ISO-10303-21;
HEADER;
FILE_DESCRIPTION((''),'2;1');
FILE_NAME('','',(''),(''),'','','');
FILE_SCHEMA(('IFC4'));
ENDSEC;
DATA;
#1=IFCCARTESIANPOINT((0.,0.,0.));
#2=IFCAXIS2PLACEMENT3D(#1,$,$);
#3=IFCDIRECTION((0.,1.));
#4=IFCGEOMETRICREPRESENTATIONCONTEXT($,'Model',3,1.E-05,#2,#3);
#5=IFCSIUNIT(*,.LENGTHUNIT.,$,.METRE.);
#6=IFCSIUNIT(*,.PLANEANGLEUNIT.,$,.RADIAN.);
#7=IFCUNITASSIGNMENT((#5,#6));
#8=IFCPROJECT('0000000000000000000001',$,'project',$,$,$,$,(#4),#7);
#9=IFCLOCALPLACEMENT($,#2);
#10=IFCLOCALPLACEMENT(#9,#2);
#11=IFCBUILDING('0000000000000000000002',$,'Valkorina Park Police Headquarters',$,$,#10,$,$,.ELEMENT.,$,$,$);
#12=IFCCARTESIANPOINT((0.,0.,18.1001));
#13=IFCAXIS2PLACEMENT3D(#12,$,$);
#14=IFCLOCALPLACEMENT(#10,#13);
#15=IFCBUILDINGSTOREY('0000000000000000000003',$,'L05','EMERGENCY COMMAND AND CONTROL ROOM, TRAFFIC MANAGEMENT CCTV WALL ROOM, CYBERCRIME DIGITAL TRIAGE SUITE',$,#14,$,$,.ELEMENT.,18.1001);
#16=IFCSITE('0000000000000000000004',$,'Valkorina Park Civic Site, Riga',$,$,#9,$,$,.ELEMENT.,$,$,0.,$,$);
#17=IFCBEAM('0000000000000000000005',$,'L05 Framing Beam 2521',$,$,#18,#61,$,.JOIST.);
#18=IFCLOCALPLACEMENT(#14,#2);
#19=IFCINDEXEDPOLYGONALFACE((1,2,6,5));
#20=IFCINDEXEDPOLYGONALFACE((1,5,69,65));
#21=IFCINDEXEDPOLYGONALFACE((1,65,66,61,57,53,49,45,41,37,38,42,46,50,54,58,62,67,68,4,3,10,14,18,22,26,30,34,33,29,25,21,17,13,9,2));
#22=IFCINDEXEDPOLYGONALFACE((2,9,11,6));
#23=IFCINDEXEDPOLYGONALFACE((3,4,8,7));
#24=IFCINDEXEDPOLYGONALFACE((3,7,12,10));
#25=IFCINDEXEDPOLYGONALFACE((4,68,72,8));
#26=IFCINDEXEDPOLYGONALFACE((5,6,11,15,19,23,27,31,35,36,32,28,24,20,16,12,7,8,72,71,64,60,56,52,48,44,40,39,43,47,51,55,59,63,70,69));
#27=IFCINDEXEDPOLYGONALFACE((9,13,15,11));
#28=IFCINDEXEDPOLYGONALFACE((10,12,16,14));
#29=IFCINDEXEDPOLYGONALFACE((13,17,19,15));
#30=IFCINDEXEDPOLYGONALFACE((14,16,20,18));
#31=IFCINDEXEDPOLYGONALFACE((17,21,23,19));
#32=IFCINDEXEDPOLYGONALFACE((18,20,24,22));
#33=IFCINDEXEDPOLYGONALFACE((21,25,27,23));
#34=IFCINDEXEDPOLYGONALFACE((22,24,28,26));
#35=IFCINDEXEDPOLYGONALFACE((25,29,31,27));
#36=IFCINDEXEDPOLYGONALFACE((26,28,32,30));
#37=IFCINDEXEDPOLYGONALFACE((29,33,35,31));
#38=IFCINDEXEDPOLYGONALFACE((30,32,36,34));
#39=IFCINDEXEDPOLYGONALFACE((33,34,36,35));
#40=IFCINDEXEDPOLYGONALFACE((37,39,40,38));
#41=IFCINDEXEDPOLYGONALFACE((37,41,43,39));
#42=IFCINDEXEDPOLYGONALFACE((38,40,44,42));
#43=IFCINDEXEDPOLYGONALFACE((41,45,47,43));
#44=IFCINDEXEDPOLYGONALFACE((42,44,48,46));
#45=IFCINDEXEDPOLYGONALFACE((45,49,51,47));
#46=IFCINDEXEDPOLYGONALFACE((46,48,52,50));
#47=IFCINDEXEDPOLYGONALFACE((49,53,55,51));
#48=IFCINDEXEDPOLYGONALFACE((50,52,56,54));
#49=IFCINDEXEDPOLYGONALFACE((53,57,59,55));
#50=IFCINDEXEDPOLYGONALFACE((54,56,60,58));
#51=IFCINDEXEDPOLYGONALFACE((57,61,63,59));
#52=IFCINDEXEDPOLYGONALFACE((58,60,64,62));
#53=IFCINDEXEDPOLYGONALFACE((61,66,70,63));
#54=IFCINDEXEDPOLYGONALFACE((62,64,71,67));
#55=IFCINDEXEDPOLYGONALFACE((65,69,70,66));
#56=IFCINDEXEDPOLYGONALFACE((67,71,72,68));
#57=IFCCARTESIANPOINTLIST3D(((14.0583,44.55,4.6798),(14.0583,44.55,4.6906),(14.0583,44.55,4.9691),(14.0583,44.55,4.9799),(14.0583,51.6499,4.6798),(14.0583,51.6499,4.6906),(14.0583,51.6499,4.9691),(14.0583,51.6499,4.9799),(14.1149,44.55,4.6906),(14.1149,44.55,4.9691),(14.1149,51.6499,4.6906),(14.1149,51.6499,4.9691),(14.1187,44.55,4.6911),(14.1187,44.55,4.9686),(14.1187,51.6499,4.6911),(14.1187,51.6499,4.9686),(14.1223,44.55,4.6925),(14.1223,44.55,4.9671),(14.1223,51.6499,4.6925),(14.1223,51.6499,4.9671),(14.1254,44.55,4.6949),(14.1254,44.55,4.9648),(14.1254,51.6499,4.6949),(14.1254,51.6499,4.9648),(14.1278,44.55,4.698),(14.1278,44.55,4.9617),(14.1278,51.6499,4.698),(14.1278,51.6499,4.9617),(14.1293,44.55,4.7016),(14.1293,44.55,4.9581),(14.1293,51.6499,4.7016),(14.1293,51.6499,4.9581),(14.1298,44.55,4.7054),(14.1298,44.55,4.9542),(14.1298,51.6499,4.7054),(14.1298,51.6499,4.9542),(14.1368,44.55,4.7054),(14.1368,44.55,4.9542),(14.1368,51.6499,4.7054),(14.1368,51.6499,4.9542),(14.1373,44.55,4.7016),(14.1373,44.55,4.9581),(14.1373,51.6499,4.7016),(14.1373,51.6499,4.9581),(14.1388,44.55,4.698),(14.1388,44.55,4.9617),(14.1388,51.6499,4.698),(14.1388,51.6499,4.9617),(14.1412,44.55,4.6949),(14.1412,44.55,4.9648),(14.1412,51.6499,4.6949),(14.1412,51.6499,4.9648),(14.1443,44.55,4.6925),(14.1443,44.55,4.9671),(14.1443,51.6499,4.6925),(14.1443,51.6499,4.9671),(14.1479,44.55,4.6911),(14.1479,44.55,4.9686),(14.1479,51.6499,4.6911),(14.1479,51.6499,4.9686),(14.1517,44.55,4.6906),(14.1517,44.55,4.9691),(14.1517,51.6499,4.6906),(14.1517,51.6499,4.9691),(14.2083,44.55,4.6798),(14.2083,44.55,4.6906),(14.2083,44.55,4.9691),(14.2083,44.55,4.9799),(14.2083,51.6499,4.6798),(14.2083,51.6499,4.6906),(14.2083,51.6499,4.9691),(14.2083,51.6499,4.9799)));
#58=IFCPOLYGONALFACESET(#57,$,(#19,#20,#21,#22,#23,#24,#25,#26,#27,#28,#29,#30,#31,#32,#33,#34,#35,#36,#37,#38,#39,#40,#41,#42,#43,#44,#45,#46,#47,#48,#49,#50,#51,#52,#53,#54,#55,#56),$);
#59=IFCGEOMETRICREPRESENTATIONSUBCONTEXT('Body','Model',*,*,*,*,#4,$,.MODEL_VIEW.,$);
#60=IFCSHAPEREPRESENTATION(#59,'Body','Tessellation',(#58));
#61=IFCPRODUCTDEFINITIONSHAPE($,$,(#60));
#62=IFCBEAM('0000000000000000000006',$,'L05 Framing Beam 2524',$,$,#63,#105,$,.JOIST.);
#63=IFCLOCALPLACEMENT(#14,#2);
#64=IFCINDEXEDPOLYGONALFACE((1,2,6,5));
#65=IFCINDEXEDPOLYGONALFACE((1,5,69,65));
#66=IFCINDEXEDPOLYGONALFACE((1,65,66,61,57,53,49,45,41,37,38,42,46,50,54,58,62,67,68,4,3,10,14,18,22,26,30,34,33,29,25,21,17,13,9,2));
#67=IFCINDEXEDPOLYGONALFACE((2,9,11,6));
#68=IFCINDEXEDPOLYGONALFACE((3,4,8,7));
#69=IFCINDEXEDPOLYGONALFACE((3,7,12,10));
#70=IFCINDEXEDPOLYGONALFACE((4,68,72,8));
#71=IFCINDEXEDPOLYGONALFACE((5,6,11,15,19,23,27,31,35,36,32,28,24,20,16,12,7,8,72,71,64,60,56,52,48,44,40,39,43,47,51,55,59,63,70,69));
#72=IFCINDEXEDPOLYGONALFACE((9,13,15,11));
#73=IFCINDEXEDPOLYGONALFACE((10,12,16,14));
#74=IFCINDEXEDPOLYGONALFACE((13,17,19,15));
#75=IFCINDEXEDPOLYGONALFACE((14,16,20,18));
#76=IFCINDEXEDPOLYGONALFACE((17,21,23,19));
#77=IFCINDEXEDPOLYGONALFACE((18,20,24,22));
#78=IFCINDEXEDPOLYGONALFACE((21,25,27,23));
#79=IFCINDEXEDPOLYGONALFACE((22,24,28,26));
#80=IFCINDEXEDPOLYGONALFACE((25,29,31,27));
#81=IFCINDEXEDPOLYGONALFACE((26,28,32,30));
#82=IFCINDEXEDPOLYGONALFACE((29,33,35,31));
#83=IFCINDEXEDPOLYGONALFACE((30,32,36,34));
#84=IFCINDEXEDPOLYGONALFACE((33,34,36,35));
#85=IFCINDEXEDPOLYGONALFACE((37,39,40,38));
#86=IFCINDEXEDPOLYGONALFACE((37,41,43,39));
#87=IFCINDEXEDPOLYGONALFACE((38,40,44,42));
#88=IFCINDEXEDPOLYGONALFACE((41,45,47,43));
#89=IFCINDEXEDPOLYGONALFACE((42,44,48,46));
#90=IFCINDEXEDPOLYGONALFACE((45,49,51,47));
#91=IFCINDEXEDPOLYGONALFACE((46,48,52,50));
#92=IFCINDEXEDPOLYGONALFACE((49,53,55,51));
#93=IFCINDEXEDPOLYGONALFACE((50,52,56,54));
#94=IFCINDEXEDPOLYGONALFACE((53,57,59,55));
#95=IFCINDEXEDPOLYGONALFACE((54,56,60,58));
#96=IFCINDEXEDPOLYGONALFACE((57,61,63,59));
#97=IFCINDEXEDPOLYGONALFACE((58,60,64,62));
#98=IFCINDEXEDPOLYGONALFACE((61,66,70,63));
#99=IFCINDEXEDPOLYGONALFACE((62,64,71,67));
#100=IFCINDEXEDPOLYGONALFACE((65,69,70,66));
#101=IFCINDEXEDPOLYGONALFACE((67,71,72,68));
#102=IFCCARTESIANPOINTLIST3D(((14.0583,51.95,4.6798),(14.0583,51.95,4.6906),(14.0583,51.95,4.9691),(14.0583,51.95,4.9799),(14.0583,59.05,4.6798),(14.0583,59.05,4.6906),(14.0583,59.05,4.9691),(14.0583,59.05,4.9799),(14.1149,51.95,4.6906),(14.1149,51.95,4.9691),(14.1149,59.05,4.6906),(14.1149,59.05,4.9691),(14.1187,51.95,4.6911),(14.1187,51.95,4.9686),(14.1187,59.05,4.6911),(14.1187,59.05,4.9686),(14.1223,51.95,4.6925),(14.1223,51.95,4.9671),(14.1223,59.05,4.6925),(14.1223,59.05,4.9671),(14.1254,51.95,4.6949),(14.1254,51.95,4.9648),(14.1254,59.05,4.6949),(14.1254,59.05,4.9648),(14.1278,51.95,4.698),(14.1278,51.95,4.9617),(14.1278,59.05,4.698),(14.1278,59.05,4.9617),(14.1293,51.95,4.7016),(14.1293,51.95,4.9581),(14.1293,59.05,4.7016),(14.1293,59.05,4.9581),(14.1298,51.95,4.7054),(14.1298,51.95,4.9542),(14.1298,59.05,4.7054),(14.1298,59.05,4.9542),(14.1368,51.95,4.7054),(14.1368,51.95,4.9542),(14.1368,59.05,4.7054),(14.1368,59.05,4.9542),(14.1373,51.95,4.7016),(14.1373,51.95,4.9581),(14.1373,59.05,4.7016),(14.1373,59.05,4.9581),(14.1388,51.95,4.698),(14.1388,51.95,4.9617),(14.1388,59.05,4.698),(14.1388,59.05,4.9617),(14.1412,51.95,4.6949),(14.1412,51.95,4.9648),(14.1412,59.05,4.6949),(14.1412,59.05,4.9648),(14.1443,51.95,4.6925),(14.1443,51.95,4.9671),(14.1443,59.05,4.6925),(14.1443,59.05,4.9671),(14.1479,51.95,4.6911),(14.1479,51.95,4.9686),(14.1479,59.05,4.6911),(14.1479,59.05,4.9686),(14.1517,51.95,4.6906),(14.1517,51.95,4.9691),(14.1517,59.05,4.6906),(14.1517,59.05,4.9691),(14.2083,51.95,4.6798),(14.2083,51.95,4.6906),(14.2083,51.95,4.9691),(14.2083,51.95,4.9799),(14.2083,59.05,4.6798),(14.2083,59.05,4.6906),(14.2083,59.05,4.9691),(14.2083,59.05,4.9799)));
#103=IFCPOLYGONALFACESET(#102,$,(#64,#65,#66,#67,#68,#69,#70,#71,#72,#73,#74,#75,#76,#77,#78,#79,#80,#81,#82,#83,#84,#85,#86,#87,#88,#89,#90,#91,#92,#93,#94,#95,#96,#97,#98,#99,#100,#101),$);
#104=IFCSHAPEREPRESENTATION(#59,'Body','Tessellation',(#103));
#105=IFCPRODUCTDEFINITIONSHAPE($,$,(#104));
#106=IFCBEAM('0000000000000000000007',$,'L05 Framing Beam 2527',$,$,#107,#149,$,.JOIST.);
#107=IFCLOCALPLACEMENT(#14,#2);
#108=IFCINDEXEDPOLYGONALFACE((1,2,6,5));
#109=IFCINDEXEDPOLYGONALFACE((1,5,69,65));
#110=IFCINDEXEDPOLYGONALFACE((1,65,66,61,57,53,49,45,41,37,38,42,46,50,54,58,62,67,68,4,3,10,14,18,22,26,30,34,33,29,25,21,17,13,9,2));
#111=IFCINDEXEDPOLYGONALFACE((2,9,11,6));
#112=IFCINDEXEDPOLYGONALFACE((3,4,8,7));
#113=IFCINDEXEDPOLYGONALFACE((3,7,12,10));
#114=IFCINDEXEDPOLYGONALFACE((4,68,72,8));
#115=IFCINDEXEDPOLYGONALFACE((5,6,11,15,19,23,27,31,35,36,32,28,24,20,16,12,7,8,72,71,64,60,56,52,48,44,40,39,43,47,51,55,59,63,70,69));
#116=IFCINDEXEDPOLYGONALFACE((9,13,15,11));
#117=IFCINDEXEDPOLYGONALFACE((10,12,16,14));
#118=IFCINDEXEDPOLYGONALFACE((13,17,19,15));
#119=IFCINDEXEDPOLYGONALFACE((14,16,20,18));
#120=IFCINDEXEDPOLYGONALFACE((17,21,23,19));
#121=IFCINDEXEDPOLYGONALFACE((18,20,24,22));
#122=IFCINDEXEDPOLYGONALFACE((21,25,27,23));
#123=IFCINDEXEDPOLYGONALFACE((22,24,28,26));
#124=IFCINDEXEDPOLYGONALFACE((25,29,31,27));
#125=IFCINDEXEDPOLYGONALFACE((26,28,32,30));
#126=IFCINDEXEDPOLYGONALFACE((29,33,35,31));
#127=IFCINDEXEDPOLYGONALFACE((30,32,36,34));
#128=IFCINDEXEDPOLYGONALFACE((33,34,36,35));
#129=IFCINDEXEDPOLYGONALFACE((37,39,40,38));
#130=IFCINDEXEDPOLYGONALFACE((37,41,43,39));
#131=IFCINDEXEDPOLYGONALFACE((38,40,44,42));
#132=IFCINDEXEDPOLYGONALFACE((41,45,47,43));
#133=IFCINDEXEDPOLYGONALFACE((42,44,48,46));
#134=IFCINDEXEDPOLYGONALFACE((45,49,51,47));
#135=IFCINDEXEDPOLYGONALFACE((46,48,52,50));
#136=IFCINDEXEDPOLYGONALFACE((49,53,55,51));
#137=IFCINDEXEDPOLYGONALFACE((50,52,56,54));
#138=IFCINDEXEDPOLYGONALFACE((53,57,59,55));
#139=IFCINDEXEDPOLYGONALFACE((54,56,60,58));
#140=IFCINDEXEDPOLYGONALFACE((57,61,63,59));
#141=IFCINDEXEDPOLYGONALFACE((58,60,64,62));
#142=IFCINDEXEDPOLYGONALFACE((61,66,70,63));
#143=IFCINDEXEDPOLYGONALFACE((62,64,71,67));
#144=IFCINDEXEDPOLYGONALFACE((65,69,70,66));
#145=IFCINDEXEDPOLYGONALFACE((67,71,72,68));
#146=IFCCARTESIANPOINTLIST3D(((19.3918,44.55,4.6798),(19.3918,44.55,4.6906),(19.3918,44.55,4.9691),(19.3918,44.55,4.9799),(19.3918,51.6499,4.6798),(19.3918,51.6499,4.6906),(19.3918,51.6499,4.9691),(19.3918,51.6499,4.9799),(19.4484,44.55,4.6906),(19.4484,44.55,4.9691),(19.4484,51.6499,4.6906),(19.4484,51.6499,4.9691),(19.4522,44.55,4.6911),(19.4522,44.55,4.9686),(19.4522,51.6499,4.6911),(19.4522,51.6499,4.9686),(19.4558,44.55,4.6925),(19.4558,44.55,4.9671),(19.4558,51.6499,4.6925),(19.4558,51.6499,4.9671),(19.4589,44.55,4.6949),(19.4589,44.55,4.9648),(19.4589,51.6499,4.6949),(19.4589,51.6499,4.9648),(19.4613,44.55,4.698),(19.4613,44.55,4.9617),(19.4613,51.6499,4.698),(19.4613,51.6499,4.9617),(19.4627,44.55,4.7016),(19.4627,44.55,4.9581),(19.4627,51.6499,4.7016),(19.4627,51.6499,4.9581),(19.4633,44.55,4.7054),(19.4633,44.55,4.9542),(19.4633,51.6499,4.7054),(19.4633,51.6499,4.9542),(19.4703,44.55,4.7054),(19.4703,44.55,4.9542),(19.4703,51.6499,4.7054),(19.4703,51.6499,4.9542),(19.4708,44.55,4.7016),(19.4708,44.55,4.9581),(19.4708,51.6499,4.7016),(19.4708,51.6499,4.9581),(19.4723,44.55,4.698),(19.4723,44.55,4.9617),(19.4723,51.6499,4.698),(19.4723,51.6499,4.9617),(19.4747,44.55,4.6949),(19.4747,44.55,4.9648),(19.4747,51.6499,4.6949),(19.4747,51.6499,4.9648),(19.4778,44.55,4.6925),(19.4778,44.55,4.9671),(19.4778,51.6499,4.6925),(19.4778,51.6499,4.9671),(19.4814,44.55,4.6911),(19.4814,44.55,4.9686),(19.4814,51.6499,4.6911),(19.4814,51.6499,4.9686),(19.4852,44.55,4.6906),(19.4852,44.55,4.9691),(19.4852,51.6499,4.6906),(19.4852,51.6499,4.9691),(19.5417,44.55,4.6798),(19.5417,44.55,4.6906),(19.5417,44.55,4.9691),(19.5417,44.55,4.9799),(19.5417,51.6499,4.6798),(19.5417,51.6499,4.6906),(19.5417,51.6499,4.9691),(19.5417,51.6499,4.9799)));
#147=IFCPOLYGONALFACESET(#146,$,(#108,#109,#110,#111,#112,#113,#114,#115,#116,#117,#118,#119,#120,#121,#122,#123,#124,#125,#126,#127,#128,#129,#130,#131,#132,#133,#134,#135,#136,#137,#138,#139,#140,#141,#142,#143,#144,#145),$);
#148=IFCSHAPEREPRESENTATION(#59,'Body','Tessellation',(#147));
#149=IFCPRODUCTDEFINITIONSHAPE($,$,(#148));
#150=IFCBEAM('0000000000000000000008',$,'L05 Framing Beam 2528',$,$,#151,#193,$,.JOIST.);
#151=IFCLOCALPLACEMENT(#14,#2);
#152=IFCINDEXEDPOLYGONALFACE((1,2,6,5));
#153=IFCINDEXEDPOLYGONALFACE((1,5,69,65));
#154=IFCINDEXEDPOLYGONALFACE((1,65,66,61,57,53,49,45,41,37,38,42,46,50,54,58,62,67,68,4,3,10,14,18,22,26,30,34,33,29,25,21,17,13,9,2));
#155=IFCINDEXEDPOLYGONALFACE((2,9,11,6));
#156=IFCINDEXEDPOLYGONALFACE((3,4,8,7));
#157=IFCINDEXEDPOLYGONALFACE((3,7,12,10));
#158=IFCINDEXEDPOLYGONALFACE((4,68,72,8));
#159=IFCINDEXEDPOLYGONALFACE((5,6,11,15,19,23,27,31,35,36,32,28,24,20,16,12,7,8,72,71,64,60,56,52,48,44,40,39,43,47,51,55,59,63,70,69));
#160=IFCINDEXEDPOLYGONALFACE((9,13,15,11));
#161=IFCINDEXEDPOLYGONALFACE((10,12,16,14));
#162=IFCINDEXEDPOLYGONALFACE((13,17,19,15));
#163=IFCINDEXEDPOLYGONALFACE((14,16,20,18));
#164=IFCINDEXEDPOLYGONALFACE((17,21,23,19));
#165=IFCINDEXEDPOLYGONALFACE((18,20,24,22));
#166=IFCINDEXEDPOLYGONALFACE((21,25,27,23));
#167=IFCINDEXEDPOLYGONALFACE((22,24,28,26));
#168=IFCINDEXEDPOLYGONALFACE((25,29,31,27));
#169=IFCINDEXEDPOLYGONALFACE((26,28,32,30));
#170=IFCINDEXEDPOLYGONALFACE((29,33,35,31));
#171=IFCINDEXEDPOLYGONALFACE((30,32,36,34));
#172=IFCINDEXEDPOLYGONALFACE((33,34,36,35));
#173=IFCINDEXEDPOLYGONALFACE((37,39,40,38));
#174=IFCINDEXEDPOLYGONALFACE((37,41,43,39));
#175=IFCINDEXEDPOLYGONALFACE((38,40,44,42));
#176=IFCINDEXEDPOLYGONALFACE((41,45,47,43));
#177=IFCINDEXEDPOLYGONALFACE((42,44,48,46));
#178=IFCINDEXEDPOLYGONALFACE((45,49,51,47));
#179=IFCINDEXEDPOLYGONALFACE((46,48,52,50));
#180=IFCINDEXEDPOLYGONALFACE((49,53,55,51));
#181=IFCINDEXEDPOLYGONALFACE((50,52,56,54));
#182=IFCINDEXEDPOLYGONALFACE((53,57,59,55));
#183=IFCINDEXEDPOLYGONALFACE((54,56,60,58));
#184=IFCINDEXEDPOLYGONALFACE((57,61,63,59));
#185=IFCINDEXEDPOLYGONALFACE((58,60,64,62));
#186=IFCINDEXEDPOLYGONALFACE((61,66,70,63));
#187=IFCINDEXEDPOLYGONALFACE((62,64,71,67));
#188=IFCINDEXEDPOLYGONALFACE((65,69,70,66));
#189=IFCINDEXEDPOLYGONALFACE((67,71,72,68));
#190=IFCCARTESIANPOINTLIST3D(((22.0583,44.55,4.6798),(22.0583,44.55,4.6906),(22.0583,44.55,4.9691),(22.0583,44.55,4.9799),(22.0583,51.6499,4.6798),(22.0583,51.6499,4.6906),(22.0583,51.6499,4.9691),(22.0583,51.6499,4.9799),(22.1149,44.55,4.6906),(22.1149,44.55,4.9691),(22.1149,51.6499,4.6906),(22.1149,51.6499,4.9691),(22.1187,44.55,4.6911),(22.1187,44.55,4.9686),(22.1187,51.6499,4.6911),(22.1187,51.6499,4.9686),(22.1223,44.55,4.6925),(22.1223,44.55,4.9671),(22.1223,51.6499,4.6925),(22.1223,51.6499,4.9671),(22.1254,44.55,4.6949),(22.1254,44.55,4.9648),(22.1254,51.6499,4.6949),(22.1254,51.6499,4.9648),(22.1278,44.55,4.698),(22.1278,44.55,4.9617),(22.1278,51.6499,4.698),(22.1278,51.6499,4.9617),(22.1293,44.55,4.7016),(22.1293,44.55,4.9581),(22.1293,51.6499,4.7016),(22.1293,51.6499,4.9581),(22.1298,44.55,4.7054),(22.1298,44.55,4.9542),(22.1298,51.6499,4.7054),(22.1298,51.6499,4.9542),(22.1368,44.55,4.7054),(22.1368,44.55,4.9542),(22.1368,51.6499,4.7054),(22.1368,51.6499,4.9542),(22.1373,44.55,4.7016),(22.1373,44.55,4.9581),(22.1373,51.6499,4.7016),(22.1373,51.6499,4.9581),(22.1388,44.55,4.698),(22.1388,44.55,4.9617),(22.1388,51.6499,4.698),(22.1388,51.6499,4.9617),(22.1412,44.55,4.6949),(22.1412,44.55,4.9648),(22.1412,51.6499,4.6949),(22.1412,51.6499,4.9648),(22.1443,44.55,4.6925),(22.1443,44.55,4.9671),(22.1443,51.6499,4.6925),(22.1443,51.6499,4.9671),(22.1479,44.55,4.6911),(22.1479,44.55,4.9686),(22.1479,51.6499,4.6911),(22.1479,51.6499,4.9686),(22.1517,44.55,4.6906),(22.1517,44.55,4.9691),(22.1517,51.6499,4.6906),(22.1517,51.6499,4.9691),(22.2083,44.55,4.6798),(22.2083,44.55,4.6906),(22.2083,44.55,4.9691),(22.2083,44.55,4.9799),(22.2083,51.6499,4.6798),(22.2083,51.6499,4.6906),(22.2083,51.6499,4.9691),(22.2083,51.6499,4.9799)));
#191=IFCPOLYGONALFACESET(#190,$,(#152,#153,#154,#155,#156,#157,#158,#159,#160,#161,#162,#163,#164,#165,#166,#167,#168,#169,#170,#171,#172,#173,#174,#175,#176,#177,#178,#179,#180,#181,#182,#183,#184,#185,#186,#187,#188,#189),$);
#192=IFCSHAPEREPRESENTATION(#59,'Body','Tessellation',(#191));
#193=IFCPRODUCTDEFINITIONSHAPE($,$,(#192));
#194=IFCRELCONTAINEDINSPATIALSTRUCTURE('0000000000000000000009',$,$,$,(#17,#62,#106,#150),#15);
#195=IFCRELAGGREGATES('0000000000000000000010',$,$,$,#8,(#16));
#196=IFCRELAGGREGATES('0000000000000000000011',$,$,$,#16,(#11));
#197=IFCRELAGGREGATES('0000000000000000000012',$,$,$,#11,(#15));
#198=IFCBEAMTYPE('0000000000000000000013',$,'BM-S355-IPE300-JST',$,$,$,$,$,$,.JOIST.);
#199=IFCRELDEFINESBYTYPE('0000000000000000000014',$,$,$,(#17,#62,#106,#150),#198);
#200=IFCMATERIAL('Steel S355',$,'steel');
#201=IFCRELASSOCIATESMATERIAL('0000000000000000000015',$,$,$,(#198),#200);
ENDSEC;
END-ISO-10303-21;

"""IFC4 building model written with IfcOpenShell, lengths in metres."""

from ifc_helpers import new_model, si_unit, direction, frame, origin, origin_2d, place, context, subcontext, project, spatial, i_section, extrude, material, material_profile, profile_set, type_object, element, save


model = new_model("IFC4")

# Units and contexts
model_context = context("Model", 3, precision=1e-05, world=origin(), true_north=direction((0.0, 1.0)))
body_context = subcontext(model_context, "Body", "Model", "MODEL_VIEW")
ifc_project = project(units=[si_unit("LENGTHUNIT", "METRE"), si_unit("PLANEANGLEUNIT", "RADIAN")], contexts=[model_context])

# Site, building, storey
site_placement = place(None, origin())
site = spatial("IfcSite", under=ifc_project, at=site_placement, Name="Valkorina Park Civic Site, Riga", CompositionType="ELEMENT", RefElevation=0.0)
building_placement = place(site_placement, origin())
building = spatial("IfcBuilding", under=site, at=building_placement, Name="Valkorina Park Police Headquarters", CompositionType="ELEMENT")
storey_placement = place(building_placement, frame((0.0, 0.0, 18.1001)))
storey = spatial("IfcBuildingStorey", under=building, at=storey_placement, Name="L05", Description="EMERGENCY COMMAND AND CONTROL ROOM, TRAFFIC MANAGEMENT CCTV WALL ROOM, CYBERCRIME DIGITAL TRIAGE SUITE", CompositionType="ELEMENT", Elevation=18.1001)

# Shared definitions
ifc_material_1 = material(Name="Steel S355", Category="steel")

# Beams
ifc_material_profile_1 = material_profile(ifc_material_1, i_section(OverallWidth=0.1499, OverallDepth=0.3, WebThickness=0.0071, FlangeThickness=0.0107, FilletRadius=0.0149, at=origin_2d()), Name="IPE 300")
ifc_profile_set_1 = profile_set([ifc_material_profile_1], Name="Steel S355")
beam_type_1 = type_object("IfcBeamType", Name="BM-S355-IPE300-JST", PredefinedType="JOIST", material=ifc_profile_set_1)
beam_1_placement = place(storey_placement, frame((14.1333, 44.55, 4.8298), z_axis=(0.0, 1.0, 0.0), x_axis=(-1.0, 0.0, 0.0)))
element("IfcBeam", 1, at=beam_1_placement, inside=storey, type_object=beam_type_1, Name="L05 Framing Beam 2521", PredefinedType="JOIST", context=body_context, shape_type="SweptSolid", body=[
    extrude(i_section(OverallWidth=0.1499, OverallDepth=0.3, WebThickness=0.0071, FlangeThickness=0.0107, FilletRadius=0.0149, at=origin_2d()), origin(), (0.0, 0.0, 1.0), 7.0999),
])
beam_2_placement = place(storey_placement, frame((14.1333, 51.95, 4.8298), z_axis=(0.0, 1.0, 0.0), x_axis=(-1.0, 0.0, 0.0)))
element("IfcBeam", 2, at=beam_2_placement, inside=storey, type_object=beam_type_1, Name="L05 Framing Beam 2524", PredefinedType="JOIST", context=body_context, shape_type="SweptSolid", body=[
    extrude(i_section(OverallWidth=0.1499, OverallDepth=0.3, WebThickness=0.0071, FlangeThickness=0.0107, FilletRadius=0.0149, at=origin_2d()), origin(), (0.0, 0.0, 1.0), 7.1001),
])
for number, where, z_axis, x_axis, name in (
    (3, (19.4668, 44.55, 4.8298), (0.0, 1.0, 0.0), (-1.0, 0.0, 0.0), "L05 Framing Beam 2527"),
    (4, (22.1333, 44.55, 4.8298), (0.0, 1.0, 0.0), (-1.0, 0.0, 0.0), "L05 Framing Beam 2528"),
):
    element("IfcBeam", number, at=place(storey_placement, frame(where, z_axis=z_axis, x_axis=x_axis)), inside=storey, type_object=beam_type_1, Name=name, PredefinedType="JOIST", context=body_context, shape_type="SweptSolid", body=[
        extrude(i_section(OverallWidth=0.1499, OverallDepth=0.3, WebThickness=0.0071, FlangeThickness=0.0107, FilletRadius=0.0149, at=origin_2d()), origin(), (0.0, 0.0, 1.0), 7.0999),
    ])

save(model, "model.ifc")
